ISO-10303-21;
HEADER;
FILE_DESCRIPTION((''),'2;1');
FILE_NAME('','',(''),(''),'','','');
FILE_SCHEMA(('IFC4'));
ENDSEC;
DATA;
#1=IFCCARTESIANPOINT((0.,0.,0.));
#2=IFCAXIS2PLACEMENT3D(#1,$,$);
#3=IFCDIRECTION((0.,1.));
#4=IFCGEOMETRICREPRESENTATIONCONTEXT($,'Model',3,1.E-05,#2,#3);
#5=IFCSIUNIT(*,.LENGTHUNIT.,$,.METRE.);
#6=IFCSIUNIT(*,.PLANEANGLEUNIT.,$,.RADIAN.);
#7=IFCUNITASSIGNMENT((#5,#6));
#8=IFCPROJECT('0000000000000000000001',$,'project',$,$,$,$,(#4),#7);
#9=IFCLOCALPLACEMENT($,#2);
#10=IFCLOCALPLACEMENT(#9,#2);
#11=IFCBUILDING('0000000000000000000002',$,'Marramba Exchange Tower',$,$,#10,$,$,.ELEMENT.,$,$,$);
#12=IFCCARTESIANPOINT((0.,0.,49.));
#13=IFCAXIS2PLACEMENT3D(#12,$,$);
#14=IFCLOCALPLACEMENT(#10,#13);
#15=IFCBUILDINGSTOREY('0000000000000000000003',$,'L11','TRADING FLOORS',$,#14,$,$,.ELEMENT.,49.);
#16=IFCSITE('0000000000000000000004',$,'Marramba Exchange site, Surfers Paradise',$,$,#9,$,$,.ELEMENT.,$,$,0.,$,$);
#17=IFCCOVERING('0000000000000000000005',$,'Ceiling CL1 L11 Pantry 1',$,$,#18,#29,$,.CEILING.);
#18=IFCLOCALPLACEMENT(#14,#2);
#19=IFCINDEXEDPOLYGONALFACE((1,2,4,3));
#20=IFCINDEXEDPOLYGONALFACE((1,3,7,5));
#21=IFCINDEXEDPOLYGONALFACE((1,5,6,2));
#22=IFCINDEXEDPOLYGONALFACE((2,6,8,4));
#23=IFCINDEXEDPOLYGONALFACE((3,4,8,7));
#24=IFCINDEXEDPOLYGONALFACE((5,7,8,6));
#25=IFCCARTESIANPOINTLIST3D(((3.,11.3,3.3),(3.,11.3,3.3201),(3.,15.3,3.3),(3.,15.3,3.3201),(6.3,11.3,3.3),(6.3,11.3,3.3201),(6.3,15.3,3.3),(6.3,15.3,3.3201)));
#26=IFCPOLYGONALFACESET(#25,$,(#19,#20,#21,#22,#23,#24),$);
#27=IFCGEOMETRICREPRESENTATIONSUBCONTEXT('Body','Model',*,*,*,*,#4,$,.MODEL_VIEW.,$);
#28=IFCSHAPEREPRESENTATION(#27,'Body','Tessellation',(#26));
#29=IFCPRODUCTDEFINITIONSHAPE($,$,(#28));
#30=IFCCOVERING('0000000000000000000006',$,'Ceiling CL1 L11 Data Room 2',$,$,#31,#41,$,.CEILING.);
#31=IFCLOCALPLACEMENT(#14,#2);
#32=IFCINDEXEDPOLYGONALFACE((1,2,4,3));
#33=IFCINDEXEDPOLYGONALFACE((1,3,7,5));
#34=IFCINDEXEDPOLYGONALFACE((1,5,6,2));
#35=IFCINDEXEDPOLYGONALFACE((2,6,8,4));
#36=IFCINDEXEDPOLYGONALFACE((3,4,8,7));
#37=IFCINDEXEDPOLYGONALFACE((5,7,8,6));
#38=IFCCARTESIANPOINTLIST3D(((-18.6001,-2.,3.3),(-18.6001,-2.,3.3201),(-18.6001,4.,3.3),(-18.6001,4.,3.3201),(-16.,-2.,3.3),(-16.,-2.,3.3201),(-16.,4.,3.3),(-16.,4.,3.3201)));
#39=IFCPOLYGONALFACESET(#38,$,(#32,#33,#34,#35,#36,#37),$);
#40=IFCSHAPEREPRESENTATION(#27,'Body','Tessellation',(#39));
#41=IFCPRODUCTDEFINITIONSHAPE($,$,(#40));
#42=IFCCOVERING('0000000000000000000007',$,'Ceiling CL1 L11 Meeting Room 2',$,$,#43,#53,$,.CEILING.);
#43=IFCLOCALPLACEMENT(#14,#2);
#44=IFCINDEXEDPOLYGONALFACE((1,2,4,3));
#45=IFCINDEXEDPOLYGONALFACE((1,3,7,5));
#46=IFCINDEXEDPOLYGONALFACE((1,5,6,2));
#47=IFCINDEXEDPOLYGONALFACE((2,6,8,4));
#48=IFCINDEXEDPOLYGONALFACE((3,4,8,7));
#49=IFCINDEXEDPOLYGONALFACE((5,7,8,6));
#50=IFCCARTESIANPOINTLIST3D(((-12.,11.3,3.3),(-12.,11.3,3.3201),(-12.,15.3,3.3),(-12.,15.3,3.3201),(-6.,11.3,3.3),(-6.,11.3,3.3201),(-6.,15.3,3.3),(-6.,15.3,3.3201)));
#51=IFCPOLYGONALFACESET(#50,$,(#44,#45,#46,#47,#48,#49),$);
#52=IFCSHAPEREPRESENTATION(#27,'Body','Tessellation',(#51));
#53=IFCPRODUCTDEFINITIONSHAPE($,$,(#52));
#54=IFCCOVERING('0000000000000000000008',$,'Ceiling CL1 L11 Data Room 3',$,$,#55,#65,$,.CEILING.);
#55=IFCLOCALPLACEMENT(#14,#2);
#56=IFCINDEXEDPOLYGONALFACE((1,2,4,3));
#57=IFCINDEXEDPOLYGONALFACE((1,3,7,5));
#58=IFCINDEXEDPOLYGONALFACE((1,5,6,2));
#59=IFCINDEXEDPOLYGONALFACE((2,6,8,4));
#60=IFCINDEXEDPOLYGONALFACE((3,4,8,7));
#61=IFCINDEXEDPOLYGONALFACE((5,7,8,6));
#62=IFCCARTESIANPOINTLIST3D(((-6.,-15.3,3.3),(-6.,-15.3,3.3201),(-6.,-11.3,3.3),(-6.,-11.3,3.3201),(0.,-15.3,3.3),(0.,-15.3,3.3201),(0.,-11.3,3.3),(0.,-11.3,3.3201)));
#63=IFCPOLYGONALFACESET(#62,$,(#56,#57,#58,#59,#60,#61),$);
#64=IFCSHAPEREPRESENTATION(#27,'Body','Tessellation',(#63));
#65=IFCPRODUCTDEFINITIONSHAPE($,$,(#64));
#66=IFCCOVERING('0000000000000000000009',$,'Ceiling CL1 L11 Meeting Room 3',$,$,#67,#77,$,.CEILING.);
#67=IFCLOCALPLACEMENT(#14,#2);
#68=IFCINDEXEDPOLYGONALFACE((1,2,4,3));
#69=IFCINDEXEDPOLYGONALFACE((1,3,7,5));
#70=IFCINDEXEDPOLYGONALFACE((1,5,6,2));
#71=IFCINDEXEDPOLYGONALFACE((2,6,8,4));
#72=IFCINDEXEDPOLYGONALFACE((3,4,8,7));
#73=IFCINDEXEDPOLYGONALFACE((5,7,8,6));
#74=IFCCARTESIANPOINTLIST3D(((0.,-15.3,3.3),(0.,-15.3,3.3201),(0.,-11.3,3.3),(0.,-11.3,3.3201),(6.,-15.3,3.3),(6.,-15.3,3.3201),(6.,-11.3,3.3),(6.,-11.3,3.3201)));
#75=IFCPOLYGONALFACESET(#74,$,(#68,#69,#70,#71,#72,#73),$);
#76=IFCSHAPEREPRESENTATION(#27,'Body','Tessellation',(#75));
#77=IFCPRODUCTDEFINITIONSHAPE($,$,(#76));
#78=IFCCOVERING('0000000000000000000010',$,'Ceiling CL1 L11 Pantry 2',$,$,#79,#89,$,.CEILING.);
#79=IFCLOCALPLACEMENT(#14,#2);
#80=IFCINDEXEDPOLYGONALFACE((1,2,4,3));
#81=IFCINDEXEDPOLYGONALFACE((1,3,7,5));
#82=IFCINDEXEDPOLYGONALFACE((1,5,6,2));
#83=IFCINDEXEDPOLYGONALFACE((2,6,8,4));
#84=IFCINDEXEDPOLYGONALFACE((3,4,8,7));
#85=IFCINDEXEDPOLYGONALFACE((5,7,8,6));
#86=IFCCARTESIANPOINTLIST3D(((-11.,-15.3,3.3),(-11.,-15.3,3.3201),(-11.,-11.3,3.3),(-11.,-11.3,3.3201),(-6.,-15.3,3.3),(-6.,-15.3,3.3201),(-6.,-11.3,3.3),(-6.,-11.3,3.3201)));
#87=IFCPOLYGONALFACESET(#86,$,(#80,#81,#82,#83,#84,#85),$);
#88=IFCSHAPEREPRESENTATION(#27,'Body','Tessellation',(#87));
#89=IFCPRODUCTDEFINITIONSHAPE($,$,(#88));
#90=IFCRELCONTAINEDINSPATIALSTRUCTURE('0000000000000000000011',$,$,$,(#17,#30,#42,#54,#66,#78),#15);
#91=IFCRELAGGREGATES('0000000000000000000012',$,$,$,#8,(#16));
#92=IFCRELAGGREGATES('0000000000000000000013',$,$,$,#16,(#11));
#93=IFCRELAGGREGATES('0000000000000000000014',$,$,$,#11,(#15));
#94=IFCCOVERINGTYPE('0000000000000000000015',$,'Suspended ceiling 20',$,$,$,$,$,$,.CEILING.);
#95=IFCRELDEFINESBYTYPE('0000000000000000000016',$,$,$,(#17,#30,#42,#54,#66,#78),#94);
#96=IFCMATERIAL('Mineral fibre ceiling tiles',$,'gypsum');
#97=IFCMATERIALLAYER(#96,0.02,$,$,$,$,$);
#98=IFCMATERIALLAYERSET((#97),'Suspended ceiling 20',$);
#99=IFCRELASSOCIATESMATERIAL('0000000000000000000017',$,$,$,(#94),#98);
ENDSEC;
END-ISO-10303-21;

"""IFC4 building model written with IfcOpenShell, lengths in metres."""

from ifc_helpers import new_model, si_unit, direction, frame, origin, place, context, subcontext, project, spatial, polyline, outline, extrude, material, layer, layer_set, type_object, element, save


model = new_model("IFC4")

# Units and contexts
model_context = context("Model", 3, precision=1e-05, world=origin(), true_north=direction((0.0, 1.0)))
body_context = subcontext(model_context, "Body", "Model", "MODEL_VIEW")
ifc_project = project(units=[si_unit("LENGTHUNIT", "METRE"), si_unit("PLANEANGLEUNIT", "RADIAN")], contexts=[model_context])

# Site, building, storey
site_placement = place(None, origin())
site = spatial("IfcSite", under=ifc_project, at=site_placement, Name="Marramba Exchange site, Surfers Paradise", CompositionType="ELEMENT", RefElevation=0.0)
building_placement = place(site_placement, origin())
building = spatial("IfcBuilding", under=site, at=building_placement, Name="Marramba Exchange Tower", CompositionType="ELEMENT")
storey_placement = place(building_placement, frame((0.0, 0.0, 49.0)))
storey = spatial("IfcBuildingStorey", under=building, at=storey_placement, Name="L11", Description="TRADING FLOORS", CompositionType="ELEMENT", Elevation=49.0)

# Coverings
ifc_material_1 = material(Name="Mineral fibre ceiling tiles", Category="gypsum")
ifc_layer_1 = layer(ifc_material_1, 0.02)
ifc_layer_set_1 = layer_set([ifc_layer_1], Name="Suspended ceiling 20")
covering_type_1 = type_object("IfcCoveringType", Name="Suspended ceiling 20", PredefinedType="CEILING", material=ifc_layer_set_1)
covering_1_placement = place(storey_placement, frame((0.0, 0.0, 3.3)))
element("IfcCovering", 1, at=covering_1_placement, inside=storey, type_object=covering_type_1, Name="Ceiling CL1 L11 Pantry 1", PredefinedType="CEILING", context=body_context, shape_type="SweptSolid", body=[
    extrude(outline(polyline([(6.3, 11.3), (3.0, 11.3), (3.0, 15.3), (6.3, 15.3), (6.3, 11.3)])), origin(), (0.0, 0.0, 1.0), 0.02),
])
covering_2_placement = place(storey_placement, frame((0.0, 0.0, 3.3)))
element("IfcCovering", 2, at=covering_2_placement, inside=storey, type_object=covering_type_1, Name="Ceiling CL1 L11 Data Room 2", PredefinedType="CEILING", context=body_context, shape_type="SweptSolid", body=[
    extrude(outline(polyline([(-16.0, -2.0), (-18.6001, -2.0), (-18.6001, 4.0), (-16.0, 4.0), (-16.0, -2.0)])), origin(), (0.0, 0.0, 1.0), 0.02),
])
covering_3_placement = place(storey_placement, frame((0.0, 0.0, 3.3)))
element("IfcCovering", 3, at=covering_3_placement, inside=storey, type_object=covering_type_1, Name="Ceiling CL1 L11 Meeting Room 2", PredefinedType="CEILING", context=body_context, shape_type="SweptSolid", body=[
    extrude(outline(polyline([(-6.0, 11.3), (-12.0, 11.3), (-12.0, 15.3), (-6.0, 15.3), (-6.0, 11.3)])), origin(), (0.0, 0.0, 1.0), 0.02),
])
covering_4_placement = place(storey_placement, frame((0.0, 0.0, 3.3)))
element("IfcCovering", 4, at=covering_4_placement, inside=storey, type_object=covering_type_1, Name="Ceiling CL1 L11 Data Room 3", PredefinedType="CEILING", context=body_context, shape_type="SweptSolid", body=[
    extrude(outline(polyline([(0.0, -15.3), (-6.0, -15.3), (-6.0, -11.3), (0.0, -11.3), (0.0, -15.3)])), origin(), (0.0, 0.0, 1.0), 0.02),
])
covering_5_placement = place(storey_placement, frame((0.0, 0.0, 3.3)))
element("IfcCovering", 5, at=covering_5_placement, inside=storey, type_object=covering_type_1, Name="Ceiling CL1 L11 Meeting Room 3", PredefinedType="CEILING", context=body_context, shape_type="SweptSolid", body=[
    extrude(outline(polyline([(6.0, -15.3), (0.0, -15.3), (0.0, -11.3), (6.0, -11.3), (6.0, -15.3)])), origin(), (0.0, 0.0, 1.0), 0.02),
])
covering_6_placement = place(storey_placement, frame((0.0, 0.0, 3.3)))
element("IfcCovering", 6, at=covering_6_placement, inside=storey, type_object=covering_type_1, Name="Ceiling CL1 L11 Pantry 2", PredefinedType="CEILING", context=body_context, shape_type="SweptSolid", body=[
    extrude(outline(polyline([(-6.0, -15.3), (-11.0, -15.3), (-11.0, -11.3), (-6.0, -11.3), (-6.0, -15.3)])), origin(), (0.0, 0.0, 1.0), 0.02),
])

save(model, "model.ifc")
